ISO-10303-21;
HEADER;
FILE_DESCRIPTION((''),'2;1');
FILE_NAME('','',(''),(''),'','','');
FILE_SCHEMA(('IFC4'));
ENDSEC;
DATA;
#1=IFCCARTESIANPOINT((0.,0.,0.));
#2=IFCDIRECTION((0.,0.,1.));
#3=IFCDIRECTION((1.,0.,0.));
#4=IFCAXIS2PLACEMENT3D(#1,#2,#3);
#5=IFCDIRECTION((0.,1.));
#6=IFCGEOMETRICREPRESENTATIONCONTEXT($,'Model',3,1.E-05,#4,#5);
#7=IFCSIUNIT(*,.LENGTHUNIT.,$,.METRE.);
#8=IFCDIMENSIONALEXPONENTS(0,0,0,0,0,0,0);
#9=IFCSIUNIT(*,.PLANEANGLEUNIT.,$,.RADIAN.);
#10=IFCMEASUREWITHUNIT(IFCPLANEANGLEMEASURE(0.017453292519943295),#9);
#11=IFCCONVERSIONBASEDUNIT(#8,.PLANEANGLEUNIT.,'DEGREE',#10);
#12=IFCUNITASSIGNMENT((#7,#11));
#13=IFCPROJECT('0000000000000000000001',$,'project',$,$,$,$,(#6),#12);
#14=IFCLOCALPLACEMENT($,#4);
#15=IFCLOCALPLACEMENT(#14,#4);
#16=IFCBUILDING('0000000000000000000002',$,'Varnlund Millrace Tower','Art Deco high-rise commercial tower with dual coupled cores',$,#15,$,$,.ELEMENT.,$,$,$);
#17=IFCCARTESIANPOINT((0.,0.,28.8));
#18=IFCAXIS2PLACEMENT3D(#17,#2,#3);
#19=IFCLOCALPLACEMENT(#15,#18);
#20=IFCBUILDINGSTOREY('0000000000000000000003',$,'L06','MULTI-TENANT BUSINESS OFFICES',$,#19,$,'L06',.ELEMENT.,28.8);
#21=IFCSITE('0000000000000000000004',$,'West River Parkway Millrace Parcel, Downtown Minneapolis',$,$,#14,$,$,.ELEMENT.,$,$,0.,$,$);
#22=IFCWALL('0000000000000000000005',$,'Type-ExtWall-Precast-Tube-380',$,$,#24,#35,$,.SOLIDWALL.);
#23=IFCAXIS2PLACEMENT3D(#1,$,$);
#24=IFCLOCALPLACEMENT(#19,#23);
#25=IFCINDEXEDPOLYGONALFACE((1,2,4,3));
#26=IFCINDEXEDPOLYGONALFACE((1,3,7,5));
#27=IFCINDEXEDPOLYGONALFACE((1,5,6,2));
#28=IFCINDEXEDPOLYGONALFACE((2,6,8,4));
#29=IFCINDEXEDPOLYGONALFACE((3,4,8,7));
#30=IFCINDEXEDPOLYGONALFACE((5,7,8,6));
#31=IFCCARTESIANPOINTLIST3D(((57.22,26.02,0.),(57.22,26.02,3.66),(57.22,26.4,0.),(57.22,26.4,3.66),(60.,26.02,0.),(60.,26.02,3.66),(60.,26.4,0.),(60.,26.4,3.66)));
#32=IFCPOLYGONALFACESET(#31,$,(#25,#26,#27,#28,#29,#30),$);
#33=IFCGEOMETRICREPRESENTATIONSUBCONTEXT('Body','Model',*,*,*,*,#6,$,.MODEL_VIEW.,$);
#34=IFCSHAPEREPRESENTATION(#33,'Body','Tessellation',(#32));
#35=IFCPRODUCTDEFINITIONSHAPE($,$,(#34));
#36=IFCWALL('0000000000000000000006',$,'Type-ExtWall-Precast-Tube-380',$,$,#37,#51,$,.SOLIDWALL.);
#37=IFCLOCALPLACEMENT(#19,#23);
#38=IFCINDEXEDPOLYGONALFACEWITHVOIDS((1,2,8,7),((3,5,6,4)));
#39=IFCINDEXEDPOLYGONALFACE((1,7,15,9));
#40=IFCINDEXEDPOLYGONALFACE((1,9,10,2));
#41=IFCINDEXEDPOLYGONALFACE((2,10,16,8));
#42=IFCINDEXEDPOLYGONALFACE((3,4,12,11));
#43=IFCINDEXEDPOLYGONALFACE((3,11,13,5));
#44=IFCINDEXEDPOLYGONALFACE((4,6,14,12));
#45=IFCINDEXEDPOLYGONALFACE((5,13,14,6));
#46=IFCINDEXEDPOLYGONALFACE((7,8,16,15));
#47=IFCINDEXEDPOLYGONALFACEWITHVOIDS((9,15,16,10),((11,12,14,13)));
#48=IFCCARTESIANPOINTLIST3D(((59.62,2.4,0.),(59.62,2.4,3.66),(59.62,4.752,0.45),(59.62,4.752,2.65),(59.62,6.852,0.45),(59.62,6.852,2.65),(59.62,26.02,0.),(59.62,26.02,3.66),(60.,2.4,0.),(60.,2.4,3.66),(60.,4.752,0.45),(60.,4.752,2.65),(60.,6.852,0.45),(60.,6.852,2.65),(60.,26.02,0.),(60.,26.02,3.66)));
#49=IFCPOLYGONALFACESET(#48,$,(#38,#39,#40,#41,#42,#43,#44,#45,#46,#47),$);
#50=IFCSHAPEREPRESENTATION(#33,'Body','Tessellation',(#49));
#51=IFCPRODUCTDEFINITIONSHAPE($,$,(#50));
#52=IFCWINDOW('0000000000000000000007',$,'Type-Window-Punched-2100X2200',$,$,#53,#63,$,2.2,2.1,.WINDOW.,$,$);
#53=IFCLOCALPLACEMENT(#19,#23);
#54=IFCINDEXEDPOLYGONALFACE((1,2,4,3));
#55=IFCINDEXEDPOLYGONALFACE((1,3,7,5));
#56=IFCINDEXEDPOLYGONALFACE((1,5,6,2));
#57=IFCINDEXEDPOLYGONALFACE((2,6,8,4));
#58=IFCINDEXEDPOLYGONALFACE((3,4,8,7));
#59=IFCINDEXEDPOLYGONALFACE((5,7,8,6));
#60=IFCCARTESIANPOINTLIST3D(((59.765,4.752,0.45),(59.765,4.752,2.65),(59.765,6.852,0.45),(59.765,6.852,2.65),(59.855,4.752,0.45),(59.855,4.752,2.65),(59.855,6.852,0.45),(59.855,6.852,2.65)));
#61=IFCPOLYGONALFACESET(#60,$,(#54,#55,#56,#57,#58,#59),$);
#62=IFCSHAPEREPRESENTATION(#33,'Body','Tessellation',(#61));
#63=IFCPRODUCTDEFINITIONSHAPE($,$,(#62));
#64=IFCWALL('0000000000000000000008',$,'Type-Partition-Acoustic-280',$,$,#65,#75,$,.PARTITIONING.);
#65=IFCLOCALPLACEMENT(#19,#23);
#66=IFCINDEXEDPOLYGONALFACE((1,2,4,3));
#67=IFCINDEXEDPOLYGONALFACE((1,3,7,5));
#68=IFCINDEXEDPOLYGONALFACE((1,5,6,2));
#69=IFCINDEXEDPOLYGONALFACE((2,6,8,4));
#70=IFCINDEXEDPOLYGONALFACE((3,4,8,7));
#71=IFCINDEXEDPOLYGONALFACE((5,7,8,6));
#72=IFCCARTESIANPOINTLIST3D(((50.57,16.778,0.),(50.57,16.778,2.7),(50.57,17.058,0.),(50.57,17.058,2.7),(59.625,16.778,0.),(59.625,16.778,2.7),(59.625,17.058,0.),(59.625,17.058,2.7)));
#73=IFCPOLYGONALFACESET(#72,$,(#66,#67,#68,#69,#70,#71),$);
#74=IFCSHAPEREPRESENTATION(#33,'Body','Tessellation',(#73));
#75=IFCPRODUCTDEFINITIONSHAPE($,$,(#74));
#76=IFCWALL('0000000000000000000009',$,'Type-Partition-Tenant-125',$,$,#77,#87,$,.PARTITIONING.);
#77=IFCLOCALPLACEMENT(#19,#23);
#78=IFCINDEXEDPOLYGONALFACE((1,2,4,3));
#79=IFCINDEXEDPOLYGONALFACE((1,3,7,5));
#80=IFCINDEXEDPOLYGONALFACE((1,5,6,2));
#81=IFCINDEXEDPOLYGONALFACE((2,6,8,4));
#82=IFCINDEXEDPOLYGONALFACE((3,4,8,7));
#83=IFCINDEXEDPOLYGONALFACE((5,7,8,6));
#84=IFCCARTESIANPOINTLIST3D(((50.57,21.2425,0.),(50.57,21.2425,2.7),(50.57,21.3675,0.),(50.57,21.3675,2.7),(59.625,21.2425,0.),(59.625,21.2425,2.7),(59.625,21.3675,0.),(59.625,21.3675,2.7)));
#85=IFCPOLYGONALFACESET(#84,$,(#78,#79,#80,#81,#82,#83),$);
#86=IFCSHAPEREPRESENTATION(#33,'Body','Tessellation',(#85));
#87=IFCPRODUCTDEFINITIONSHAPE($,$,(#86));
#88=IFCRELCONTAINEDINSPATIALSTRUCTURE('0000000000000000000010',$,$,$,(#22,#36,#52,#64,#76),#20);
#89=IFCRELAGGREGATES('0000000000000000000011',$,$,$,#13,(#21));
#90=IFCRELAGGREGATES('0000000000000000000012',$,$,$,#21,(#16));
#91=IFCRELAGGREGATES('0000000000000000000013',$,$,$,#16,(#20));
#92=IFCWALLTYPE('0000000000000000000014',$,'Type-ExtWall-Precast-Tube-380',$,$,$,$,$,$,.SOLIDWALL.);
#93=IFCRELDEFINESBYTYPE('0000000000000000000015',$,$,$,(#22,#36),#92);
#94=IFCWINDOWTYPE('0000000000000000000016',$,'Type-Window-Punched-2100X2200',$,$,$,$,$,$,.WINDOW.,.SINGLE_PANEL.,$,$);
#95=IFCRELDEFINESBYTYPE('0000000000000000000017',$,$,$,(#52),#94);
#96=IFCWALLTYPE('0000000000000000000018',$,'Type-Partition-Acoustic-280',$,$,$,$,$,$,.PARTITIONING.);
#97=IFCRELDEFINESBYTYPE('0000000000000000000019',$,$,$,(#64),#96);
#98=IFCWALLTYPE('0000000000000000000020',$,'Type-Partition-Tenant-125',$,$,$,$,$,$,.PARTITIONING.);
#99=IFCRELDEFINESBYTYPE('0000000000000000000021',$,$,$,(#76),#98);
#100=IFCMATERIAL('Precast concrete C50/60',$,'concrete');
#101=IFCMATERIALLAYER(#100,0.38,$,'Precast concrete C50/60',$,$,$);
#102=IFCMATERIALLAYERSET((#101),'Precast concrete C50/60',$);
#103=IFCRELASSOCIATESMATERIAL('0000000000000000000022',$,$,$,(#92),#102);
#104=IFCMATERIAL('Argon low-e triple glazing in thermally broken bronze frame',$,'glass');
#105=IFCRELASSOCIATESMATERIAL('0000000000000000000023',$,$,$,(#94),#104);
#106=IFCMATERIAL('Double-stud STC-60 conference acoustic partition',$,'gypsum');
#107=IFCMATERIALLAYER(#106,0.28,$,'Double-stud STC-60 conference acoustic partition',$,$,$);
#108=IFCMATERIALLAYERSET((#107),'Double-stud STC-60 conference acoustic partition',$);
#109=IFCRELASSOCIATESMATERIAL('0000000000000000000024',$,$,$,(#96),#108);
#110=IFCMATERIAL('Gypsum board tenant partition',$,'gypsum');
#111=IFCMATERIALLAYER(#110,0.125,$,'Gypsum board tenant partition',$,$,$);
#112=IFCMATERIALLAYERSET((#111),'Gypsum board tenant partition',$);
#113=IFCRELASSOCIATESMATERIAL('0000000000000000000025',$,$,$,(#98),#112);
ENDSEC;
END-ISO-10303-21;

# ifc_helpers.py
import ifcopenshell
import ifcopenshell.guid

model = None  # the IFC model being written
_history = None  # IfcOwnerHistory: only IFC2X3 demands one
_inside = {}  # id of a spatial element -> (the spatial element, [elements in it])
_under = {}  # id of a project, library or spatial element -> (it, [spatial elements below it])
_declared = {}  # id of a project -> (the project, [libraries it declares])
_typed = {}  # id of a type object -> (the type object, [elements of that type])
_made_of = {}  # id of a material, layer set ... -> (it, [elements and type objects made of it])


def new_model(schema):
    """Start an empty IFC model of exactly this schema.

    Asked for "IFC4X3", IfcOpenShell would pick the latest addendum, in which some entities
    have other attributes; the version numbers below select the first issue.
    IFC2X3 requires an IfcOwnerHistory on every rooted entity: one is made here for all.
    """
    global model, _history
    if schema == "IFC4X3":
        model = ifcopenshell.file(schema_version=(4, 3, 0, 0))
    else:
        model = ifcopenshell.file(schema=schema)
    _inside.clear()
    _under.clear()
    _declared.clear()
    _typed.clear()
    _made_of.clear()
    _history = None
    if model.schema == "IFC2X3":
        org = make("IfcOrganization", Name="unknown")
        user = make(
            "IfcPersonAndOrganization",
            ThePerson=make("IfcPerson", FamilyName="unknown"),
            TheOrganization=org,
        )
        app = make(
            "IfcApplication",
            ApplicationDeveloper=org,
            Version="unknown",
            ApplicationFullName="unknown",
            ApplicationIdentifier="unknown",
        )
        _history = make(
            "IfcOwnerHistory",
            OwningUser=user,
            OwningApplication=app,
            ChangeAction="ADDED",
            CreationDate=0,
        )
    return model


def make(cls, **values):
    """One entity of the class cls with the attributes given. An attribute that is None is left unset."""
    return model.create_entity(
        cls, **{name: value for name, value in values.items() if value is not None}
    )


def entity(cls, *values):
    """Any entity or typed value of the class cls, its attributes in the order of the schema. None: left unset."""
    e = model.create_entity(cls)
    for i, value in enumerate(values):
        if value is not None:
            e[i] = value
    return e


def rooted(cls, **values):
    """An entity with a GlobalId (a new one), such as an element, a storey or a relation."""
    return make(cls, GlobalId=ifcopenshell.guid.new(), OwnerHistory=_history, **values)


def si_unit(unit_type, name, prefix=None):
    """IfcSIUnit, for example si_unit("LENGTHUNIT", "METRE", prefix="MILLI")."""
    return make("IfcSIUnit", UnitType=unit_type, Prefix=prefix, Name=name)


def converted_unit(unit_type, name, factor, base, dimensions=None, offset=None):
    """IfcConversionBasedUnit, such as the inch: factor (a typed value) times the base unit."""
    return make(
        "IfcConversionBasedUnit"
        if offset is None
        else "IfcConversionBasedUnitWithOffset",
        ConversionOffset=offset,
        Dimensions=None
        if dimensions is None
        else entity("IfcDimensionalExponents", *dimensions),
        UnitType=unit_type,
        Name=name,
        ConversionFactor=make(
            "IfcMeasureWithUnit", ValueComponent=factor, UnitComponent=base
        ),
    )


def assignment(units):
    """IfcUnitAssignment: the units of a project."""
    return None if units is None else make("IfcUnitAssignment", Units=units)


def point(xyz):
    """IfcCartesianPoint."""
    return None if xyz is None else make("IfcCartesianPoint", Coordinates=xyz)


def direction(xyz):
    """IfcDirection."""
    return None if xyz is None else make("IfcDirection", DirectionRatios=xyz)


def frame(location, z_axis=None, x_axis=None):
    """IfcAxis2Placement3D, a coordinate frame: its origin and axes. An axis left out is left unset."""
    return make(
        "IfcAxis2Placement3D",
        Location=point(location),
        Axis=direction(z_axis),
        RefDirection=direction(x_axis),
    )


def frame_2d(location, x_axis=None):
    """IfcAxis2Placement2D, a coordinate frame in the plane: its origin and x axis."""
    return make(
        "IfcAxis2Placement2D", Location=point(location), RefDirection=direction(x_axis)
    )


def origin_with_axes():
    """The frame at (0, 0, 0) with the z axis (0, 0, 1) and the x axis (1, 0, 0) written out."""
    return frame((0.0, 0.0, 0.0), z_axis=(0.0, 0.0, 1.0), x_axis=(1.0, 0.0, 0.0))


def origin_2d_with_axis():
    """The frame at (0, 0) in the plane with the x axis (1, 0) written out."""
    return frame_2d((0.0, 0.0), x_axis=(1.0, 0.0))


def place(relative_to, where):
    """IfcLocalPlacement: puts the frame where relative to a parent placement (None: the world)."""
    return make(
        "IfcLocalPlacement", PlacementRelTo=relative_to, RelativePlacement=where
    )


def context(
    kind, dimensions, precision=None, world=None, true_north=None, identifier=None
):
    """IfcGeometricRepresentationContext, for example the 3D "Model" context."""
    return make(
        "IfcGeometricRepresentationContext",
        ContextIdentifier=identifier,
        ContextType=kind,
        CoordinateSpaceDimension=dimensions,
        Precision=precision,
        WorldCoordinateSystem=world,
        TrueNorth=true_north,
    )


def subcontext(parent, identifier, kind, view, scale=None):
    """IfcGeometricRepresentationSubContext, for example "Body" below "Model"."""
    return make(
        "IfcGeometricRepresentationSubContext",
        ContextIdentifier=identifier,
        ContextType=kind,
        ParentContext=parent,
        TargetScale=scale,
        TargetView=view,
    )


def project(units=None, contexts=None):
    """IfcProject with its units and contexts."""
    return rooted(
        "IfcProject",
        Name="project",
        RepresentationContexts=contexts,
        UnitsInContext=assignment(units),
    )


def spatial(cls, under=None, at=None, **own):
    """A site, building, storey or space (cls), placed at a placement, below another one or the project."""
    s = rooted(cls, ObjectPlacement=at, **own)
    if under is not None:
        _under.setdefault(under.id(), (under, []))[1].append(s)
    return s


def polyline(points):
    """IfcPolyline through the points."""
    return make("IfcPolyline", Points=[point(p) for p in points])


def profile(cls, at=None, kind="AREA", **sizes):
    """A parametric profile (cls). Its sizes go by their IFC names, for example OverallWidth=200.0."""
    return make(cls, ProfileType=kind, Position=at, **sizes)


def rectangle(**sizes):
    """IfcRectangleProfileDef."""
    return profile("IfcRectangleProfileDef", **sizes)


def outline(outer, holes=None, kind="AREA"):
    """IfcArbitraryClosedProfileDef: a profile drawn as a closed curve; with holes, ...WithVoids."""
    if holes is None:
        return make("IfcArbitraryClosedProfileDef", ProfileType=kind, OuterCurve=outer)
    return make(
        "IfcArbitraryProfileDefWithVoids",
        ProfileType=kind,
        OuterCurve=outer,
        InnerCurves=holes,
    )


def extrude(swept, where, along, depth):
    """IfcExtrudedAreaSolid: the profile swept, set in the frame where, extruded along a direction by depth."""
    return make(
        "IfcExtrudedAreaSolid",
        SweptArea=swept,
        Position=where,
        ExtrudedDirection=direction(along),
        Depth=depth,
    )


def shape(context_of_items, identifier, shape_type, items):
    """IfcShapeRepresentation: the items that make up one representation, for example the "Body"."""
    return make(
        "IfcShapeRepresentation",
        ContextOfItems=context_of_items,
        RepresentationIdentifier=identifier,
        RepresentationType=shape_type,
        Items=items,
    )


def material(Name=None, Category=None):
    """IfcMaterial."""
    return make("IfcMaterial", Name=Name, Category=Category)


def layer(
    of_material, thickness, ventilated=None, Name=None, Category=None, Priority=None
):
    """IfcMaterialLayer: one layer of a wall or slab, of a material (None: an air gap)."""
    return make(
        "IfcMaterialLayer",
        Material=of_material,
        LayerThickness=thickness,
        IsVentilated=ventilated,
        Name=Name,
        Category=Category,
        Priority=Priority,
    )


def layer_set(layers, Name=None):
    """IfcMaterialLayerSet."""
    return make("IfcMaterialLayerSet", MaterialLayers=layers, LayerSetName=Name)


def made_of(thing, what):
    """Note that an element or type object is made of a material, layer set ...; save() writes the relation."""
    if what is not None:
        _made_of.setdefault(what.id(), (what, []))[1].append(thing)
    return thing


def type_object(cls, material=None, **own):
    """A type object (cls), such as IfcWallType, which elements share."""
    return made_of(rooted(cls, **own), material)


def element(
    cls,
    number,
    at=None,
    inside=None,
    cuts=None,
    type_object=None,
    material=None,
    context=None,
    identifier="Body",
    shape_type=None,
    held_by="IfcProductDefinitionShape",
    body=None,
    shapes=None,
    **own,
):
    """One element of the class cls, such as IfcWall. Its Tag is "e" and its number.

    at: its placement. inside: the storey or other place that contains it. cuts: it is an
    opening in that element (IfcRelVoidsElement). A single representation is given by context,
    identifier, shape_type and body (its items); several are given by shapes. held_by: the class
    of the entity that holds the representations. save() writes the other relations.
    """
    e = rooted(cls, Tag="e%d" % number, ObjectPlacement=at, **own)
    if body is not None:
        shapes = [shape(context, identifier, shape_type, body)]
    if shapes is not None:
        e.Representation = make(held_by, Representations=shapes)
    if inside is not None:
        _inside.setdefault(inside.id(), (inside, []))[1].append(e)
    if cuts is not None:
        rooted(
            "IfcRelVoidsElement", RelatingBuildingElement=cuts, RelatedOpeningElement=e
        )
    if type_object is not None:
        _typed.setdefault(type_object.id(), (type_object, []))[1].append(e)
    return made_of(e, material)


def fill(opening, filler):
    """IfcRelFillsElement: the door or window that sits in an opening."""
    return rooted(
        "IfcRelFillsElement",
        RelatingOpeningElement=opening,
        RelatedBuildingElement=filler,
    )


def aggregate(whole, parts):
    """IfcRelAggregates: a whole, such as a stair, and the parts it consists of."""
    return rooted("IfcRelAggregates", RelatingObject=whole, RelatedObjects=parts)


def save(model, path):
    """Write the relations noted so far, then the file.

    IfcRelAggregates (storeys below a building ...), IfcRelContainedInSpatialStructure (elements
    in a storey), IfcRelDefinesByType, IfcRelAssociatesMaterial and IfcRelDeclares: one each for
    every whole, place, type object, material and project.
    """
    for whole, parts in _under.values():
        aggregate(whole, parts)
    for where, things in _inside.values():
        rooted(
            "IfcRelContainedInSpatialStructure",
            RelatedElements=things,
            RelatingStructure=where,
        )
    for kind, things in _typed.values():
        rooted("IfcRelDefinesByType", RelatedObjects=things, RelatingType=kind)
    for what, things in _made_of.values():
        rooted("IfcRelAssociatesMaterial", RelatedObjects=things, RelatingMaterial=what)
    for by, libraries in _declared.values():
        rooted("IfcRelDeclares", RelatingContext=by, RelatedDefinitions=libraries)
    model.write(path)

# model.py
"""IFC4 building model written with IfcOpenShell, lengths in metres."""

from ifc_helpers import new_model, entity, si_unit, converted_unit, direction, frame, origin_with_axes, origin_2d_with_axis, place, context, subcontext, project, spatial, polyline, rectangle, outline, extrude, material, layer, layer_set, type_object, element, fill, save


model = new_model("IFC4")

# Units and contexts
model_context = context("Model", 3, precision=1e-05, world=origin_with_axes(), true_north=direction((0.0, 1.0)))
body_context = subcontext(model_context, "Body", "Model", "MODEL_VIEW")
ifc_project = project(units=[si_unit("LENGTHUNIT", "METRE"), converted_unit("PLANEANGLEUNIT", "DEGREE", entity("IfcPlaneAngleMeasure", 0.017453292519943295), si_unit("PLANEANGLEUNIT", "RADIAN"), dimensions=[0, 0, 0, 0, 0, 0, 0])], contexts=[model_context])

# Site, building, storey
site_placement = place(None, origin_with_axes())
site = spatial("IfcSite", under=ifc_project, at=site_placement, Name="West River Parkway Millrace Parcel, Downtown Minneapolis", CompositionType="ELEMENT", RefElevation=0.0)
building_placement = place(site_placement, origin_with_axes())
building = spatial("IfcBuilding", under=site, at=building_placement, Name="Varnlund Millrace Tower", Description="Art Deco high-rise commercial tower with dual coupled cores", CompositionType="ELEMENT")
storey_placement = place(building_placement, frame((0.0, 0.0, 28.8), z_axis=(0.0, 0.0, 1.0), x_axis=(1.0, 0.0, 0.0)))
storey = spatial("IfcBuildingStorey", under=building, at=storey_placement, Name="L06", Description="MULTI-TENANT BUSINESS OFFICES", LongName="L06", CompositionType="ELEMENT", Elevation=28.8)

# Wall
ifc_material_1 = material(Name="Precast concrete C50/60", Category="concrete")
ifc_layer_1 = layer(ifc_material_1, 0.38, Name="Precast concrete C50/60")
ifc_layer_set_1 = layer_set([ifc_layer_1], Name="Precast concrete C50/60")
wall_type_1 = type_object("IfcWallType", Name="Type-ExtWall-Precast-Tube-380", PredefinedType="SOLIDWALL", material=ifc_layer_set_1)
wall_1_placement = place(storey_placement, frame((57.22, 26.21, 0.0), z_axis=(0.0, 0.0, 1.0), x_axis=(1.0, 0.0, 0.0)))
element("IfcWall", 1, at=wall_1_placement, inside=storey, type_object=wall_type_1, Name="Type-ExtWall-Precast-Tube-380", PredefinedType="SOLIDWALL", context=body_context, shape_type="SweptSolid", body=[
    extrude(outline(polyline([(0.0, -0.19), (2.78, -0.19), (2.78, 0.19), (0.0, 0.19), (0.0, -0.19)])), origin_with_axes(), (0.0, 0.0, 1.0), 3.66),
])

# Wall, opening, window
wall_2_placement = place(storey_placement, frame((59.81, 26.02, 0.0), z_axis=(0.0, 0.0, 1.0), x_axis=(0.0, -1.0, 0.0)))
wall_2 = element("IfcWall", 2, at=wall_2_placement, inside=storey, type_object=wall_type_1, Name="Type-ExtWall-Precast-Tube-380", PredefinedType="SOLIDWALL", context=body_context, shape_type="SweptSolid", body=[
    extrude(outline(polyline([(0.0, -0.19), (23.62, -0.19), (23.62, 0.19), (0.0, 0.19), (0.0, -0.19)])), origin_with_axes(), (0.0, 0.0, 1.0), 3.66),
])
opening_placement = place(wall_2_placement, frame((20.218, 0.0, 0.45), z_axis=(0.0, 0.0, 1.0), x_axis=(1.0, 0.0, 0.0)))
opening = element("IfcOpeningElement", 3, at=opening_placement, cuts=wall_2, PredefinedType="OPENING", context=body_context, shape_type="SweptSolid", body=[
    extrude(rectangle(XDim=2.1, YDim=0.4, at=origin_2d_with_axis()), origin_with_axes(), (0.0, 0.0, 1.0), 2.2),
])
ifc_material_2 = material(Name="Argon low-e triple glazing in thermally broken bronze frame", Category="glass")
window_type = type_object("IfcWindowType", Name="Type-Window-Punched-2100X2200", PartitioningType="SINGLE_PANEL", PredefinedType="WINDOW", material=ifc_material_2)
window_placement = place(wall_2_placement, frame((20.218, 0.0, 0.45), z_axis=(0.0, 0.0, 1.0), x_axis=(1.0, 0.0, 0.0)))
window = element("IfcWindow", 4, at=window_placement, inside=storey, type_object=window_type, Name="Type-Window-Punched-2100X2200", OverallHeight=2.2, OverallWidth=2.1, PredefinedType="WINDOW", context=body_context, shape_type="SweptSolid", body=[
    extrude(rectangle(XDim=2.1, YDim=0.09, at=origin_2d_with_axis()), origin_with_axes(), (0.0, 0.0, 1.0), 2.2),
])
fill(opening, window)

# Walls
ifc_material_3 = material(Name="Double-stud STC-60 conference acoustic partition", Category="gypsum")
ifc_layer_2 = layer(ifc_material_3, 0.28, Name="Double-stud STC-60 conference acoustic partition")
ifc_layer_set_2 = layer_set([ifc_layer_2], Name="Double-stud STC-60 conference acoustic partition")
wall_type_2 = type_object("IfcWallType", Name="Type-Partition-Acoustic-280", PredefinedType="PARTITIONING", material=ifc_layer_set_2)
wall_3_placement = place(storey_placement, frame((50.57, 16.918, 0.0), z_axis=(0.0, 0.0, 1.0), x_axis=(1.0, 0.0, 0.0)))
element("IfcWall", 5, at=wall_3_placement, inside=storey, type_object=wall_type_2, Name="Type-Partition-Acoustic-280", PredefinedType="PARTITIONING", context=body_context, shape_type="SweptSolid", body=[
    extrude(outline(polyline([(0.0, -0.14), (9.055, -0.14), (9.055, 0.14), (0.0, 0.14), (0.0, -0.14)])), origin_with_axes(), (0.0, 0.0, 1.0), 2.7),
])
ifc_material_4 = material(Name="Gypsum board tenant partition", Category="gypsum")
ifc_layer_3 = layer(ifc_material_4, 0.125, Name="Gypsum board tenant partition")
ifc_layer_set_3 = layer_set([ifc_layer_3], Name="Gypsum board tenant partition")
wall_type_3 = type_object("IfcWallType", Name="Type-Partition-Tenant-125", PredefinedType="PARTITIONING", material=ifc_layer_set_3)
wall_4_placement = place(storey_placement, frame((50.57, 21.305, 0.0), z_axis=(0.0, 0.0, 1.0), x_axis=(1.0, 0.0, 0.0)))
element("IfcWall", 6, at=wall_4_placement, inside=storey, type_object=wall_type_3, Name="Type-Partition-Tenant-125", PredefinedType="PARTITIONING", context=body_context, shape_type="SweptSolid", body=[
    extrude(outline(polyline([(0.0, -0.0625), (9.055, -0.0625), (9.055, 0.0625), (0.0, 0.0625), (0.0, -0.0625)])), origin_with_axes(), (0.0, 0.0, 1.0), 2.7),
])

save(model, "model.ifc")
